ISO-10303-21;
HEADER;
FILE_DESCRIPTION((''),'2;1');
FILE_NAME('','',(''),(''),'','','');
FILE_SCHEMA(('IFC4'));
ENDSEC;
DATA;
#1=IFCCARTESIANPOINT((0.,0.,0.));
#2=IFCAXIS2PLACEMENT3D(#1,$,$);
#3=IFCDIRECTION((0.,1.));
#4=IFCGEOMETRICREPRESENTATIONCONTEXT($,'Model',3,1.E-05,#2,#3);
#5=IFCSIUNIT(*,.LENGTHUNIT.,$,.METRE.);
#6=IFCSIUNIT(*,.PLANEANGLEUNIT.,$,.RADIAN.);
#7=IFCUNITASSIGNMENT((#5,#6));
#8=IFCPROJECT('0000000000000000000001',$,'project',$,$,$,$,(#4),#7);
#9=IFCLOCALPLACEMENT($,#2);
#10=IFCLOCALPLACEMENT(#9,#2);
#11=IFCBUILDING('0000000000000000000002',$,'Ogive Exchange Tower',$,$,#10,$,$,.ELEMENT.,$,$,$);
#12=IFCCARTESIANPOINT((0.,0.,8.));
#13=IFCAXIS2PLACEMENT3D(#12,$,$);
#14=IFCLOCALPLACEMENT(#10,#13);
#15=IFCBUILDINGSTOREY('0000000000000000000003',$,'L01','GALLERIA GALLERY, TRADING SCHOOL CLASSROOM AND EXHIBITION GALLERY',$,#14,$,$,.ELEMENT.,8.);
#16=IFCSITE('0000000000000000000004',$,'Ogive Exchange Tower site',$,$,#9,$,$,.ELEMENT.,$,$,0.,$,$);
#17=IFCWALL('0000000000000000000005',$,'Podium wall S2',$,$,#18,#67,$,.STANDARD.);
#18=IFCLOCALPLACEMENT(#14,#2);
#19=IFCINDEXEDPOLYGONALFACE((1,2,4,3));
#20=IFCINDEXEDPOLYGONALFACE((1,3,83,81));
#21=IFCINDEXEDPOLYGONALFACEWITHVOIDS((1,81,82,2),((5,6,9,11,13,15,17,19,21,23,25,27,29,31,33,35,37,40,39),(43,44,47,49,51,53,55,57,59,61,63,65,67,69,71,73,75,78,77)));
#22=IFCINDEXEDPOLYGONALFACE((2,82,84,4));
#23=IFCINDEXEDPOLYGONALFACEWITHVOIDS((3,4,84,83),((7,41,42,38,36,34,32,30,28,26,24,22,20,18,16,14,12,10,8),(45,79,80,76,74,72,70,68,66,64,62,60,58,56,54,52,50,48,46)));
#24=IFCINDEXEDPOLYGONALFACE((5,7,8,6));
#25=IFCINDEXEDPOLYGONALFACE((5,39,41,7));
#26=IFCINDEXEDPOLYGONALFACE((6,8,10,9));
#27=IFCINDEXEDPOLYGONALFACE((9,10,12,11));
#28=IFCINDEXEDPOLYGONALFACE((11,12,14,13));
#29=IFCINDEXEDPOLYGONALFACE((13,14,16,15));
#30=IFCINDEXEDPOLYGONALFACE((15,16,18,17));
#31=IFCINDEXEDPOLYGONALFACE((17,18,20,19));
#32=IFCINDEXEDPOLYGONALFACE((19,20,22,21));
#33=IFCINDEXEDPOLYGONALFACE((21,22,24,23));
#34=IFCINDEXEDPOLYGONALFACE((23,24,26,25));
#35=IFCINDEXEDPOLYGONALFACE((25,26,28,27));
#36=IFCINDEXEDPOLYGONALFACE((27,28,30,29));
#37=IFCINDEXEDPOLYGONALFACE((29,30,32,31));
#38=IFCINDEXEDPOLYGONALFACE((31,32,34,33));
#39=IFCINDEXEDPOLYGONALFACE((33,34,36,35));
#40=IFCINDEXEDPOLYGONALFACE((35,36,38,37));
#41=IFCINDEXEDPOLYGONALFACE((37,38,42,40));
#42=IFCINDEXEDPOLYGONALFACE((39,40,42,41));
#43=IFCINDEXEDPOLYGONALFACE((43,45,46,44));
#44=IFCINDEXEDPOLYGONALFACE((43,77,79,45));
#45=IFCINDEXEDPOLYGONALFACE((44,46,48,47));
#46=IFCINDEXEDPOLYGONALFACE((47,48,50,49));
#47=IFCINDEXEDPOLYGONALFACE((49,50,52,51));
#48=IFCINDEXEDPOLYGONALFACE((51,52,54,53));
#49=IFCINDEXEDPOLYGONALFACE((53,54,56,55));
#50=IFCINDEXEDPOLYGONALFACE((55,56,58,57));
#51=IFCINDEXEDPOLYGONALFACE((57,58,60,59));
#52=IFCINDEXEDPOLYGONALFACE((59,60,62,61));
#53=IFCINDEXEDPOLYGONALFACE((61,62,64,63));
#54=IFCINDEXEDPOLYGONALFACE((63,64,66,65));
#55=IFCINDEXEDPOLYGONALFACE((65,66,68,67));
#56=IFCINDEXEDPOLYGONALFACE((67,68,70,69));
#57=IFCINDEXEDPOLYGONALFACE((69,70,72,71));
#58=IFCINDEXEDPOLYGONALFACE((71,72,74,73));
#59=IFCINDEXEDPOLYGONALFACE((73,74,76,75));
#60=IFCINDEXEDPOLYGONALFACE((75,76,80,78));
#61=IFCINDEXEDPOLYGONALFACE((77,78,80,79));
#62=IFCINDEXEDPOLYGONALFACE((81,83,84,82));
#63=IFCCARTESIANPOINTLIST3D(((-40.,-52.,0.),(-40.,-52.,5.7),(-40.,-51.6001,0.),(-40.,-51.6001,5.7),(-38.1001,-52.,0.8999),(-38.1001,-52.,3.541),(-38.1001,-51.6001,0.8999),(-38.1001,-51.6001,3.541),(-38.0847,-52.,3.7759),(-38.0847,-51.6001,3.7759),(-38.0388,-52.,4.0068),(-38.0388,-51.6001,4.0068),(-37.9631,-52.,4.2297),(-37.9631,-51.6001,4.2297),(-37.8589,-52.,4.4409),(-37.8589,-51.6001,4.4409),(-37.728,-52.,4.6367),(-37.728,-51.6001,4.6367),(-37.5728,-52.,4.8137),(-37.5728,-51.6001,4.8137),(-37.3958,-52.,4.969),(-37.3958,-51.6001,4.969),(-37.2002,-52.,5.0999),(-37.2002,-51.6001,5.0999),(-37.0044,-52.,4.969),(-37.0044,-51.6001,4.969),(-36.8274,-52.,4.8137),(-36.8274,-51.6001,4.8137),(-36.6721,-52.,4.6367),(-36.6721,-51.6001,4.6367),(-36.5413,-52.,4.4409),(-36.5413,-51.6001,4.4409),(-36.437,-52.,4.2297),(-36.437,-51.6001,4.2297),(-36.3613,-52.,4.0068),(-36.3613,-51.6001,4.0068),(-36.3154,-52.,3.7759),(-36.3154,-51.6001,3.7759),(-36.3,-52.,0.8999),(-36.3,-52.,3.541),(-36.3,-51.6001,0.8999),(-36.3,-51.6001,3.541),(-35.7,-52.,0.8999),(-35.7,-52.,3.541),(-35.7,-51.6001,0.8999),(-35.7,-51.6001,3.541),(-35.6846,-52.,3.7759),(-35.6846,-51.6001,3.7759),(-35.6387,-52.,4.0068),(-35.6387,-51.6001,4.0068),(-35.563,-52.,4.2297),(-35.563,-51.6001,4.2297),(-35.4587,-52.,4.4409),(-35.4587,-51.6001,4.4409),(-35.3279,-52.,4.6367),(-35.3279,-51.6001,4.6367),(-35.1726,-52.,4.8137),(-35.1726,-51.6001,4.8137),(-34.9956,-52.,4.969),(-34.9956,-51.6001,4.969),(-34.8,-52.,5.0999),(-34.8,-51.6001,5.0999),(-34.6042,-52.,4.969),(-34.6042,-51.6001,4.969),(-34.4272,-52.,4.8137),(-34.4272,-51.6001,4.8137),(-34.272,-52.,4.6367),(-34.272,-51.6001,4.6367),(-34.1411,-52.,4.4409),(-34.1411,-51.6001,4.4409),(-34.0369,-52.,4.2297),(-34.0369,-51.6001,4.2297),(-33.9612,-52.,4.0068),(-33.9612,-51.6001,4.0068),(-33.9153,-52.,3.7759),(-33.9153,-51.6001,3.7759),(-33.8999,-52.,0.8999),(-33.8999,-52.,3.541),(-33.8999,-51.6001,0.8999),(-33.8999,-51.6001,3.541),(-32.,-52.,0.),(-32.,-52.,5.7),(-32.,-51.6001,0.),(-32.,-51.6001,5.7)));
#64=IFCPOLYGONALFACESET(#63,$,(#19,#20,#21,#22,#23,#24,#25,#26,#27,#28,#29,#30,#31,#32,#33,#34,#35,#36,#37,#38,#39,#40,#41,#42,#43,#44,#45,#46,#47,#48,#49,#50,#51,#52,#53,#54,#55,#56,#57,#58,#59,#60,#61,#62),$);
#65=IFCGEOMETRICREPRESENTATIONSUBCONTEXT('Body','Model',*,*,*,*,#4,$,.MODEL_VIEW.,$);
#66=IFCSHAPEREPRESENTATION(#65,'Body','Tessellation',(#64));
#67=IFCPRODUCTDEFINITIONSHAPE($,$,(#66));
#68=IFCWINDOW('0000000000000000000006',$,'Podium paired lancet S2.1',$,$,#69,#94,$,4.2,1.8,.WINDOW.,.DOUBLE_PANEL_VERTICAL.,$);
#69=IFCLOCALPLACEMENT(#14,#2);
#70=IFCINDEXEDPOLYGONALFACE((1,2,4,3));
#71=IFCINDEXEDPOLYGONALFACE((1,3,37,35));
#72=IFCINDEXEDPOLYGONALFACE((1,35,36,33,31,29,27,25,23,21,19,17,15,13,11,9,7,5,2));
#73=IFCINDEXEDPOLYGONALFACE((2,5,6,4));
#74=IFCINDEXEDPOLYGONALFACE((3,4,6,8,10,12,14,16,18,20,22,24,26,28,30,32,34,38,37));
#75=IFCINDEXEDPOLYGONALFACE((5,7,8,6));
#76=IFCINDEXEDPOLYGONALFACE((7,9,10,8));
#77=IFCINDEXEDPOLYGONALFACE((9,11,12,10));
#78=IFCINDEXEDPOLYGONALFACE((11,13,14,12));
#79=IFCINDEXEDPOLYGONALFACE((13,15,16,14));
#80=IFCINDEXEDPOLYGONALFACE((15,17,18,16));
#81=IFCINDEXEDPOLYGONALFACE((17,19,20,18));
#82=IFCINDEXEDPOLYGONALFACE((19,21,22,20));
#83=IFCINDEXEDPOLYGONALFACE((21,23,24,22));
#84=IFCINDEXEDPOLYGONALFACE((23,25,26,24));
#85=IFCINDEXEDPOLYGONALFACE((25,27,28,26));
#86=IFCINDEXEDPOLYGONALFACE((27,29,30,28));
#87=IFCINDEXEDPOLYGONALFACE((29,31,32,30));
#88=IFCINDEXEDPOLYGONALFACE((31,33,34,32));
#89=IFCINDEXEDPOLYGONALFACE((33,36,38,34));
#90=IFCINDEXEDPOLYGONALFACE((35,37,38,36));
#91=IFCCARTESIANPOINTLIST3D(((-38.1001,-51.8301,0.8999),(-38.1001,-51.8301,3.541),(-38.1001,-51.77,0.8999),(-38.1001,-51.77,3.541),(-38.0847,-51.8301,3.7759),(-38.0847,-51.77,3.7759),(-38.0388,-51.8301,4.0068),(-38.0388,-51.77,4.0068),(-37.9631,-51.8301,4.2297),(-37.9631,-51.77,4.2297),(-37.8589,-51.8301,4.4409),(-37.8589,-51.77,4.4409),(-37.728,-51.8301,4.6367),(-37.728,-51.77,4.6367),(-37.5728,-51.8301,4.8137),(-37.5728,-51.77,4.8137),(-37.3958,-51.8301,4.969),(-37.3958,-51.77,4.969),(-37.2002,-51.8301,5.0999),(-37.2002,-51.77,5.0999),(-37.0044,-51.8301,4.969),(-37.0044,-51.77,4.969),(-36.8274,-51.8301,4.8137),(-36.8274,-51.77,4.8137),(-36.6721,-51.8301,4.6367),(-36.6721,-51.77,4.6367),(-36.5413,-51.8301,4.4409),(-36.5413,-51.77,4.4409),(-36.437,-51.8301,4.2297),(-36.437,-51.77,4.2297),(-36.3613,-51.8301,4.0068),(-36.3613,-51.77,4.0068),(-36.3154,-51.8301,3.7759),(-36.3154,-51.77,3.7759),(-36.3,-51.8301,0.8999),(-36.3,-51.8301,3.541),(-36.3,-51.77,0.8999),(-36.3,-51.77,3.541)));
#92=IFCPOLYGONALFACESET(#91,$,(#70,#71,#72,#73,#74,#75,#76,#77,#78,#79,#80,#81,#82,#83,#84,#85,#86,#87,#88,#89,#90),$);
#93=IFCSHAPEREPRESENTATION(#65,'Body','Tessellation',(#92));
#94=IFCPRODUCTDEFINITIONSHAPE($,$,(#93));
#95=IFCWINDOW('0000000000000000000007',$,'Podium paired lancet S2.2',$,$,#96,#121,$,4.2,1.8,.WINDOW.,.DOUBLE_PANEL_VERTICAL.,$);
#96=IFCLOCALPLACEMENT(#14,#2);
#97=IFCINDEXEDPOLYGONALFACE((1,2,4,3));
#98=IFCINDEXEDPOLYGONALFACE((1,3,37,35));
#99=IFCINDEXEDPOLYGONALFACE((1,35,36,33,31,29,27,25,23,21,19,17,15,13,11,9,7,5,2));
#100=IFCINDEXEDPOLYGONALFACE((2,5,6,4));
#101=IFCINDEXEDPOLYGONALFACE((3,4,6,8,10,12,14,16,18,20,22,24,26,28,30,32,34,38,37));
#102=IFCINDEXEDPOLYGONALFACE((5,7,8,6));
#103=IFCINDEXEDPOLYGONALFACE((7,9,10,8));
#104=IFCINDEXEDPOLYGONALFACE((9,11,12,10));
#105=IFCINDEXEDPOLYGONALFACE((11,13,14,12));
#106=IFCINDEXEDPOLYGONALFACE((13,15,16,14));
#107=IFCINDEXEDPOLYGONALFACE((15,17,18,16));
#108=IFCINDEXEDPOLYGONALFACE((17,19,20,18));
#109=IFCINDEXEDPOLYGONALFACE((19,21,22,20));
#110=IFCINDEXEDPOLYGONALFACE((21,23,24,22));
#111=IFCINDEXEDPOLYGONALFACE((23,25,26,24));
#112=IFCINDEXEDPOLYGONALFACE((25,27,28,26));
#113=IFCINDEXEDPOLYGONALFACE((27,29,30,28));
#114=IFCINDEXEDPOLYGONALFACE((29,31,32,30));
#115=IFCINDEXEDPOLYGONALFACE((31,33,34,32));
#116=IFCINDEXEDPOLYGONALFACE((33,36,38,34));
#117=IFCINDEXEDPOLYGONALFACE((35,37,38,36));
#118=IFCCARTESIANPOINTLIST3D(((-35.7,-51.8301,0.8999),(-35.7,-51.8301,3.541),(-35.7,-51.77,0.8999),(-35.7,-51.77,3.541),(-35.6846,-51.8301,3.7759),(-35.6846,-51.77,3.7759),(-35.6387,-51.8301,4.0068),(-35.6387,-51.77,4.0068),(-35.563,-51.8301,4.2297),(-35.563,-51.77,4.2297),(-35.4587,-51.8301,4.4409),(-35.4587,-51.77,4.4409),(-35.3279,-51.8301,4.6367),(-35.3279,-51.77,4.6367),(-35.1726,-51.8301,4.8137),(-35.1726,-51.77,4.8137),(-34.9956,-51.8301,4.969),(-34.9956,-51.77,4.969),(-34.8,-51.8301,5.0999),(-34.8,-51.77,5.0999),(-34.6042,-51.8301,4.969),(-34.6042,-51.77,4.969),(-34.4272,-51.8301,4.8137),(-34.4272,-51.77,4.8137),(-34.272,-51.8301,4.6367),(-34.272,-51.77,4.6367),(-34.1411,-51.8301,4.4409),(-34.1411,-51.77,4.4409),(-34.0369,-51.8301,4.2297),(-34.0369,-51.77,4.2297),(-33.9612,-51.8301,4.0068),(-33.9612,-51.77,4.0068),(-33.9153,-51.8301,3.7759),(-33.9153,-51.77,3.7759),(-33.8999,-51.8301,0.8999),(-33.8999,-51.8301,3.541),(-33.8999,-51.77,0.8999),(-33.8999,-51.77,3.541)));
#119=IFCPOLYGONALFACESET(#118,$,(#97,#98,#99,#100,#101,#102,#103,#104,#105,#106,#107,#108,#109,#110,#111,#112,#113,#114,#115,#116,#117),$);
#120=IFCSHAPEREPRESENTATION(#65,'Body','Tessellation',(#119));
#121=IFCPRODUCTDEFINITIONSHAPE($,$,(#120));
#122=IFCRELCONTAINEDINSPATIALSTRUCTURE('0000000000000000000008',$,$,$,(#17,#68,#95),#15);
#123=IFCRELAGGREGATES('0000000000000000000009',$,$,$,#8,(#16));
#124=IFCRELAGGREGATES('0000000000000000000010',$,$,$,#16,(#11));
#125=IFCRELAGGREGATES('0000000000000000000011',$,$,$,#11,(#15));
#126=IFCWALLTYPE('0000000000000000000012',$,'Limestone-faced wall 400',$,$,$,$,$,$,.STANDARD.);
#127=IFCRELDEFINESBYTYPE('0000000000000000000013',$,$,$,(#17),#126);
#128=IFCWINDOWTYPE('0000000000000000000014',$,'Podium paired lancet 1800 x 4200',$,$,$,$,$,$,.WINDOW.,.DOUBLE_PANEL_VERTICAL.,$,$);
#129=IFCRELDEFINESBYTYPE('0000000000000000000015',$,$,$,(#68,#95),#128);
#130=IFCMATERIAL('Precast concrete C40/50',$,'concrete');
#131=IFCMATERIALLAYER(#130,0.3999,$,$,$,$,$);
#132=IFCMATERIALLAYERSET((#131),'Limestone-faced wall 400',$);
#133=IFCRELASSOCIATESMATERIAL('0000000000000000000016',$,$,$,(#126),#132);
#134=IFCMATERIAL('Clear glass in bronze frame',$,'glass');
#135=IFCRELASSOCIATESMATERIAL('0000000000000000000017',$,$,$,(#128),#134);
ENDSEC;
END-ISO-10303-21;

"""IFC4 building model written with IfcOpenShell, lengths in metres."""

from ifc_helpers import new_model, si_unit, direction, frame, frame_2d, origin, place, context, subcontext, project, spatial, polyline, rectangle, outline, extrude, material, layer, layer_set, type_object, element, fill, save


model = new_model("IFC4")

# Units and contexts
model_context = context("Model", 3, precision=1e-05, world=origin(), true_north=direction((0.0, 1.0)))
body_context = subcontext(model_context, "Body", "Model", "MODEL_VIEW")
ifc_project = project(units=[si_unit("LENGTHUNIT", "METRE"), si_unit("PLANEANGLEUNIT", "RADIAN")], contexts=[model_context])

# Site, building, storey
site_placement = place(None, origin())
site = spatial("IfcSite", under=ifc_project, at=site_placement, Name="Ogive Exchange Tower site", CompositionType="ELEMENT", RefElevation=0.0)
building_placement = place(site_placement, origin())
building = spatial("IfcBuilding", under=site, at=building_placement, Name="Ogive Exchange Tower", CompositionType="ELEMENT")
storey_placement = place(building_placement, frame((0.0, 0.0, 8.0)))
storey = spatial("IfcBuildingStorey", under=building, at=storey_placement, Name="L01", Description="GALLERIA GALLERY, TRADING SCHOOL CLASSROOM AND EXHIBITION GALLERY", CompositionType="ELEMENT", Elevation=8.0)

# Shared definitions
ifc_material_1 = material(Name="Precast concrete C40/50", Category="concrete")
ifc_layer_1 = layer(ifc_material_1, 0.3999)
ifc_layer_set_1 = layer_set([ifc_layer_1], Name="Limestone-faced wall 400")
wall_type_1 = type_object("IfcWallType", Name="Limestone-faced wall 400", PredefinedType="STANDARD", material=ifc_layer_set_1)

# Wall, openings, windows
wall_1_placement = place(storey_placement, frame((-40.0, -51.8, 0.0), z_axis=(0.0, 0.0, 1.0), x_axis=(1.0, 0.0, 0.0)))
wall_1 = element("IfcWall", 1, at=wall_1_placement, inside=storey, type_object=wall_type_1, Name="Podium wall S2", PredefinedType="STANDARD", context=body_context, shape_type="SweptSolid", body=[
    extrude(rectangle(XDim=8.0, YDim=0.3999, at=frame_2d((4.0, 0.0))), origin(), (0.0, 0.0, 1.0), 5.7),
])
opening_1_placement = place(wall_1_placement, frame((1.8999, 0.0, 0.8999)))
opening_1 = element("IfcOpeningElement", 2, at=opening_1_placement, cuts=wall_1, PredefinedType="OPENING", context=body_context, shape_type="SweptSolid", body=[
    extrude(outline(polyline([(0.0, 0.0), (1.8, 0.0), (1.8, 2.6411), (1.7847, 2.876), (1.7388, 3.1069), (1.6631, 3.3298), (1.5588, 3.541), (1.428, 3.7368), (1.2727, 3.9138), (1.0957, 4.0691), (0.8999, 4.2), (0.7043, 4.0691), (0.5273, 3.9138), (0.3721, 3.7368), (0.2412, 3.541), (0.137, 3.3298), (0.0613, 3.1069), (0.0154, 2.876), (0.0, 2.6411), (0.0, 0.0)])), frame((0.0, 0.21, 0.0), z_axis=(0.0, -1.0, 0.0), x_axis=(1.0, 0.0, 0.0)), (0.0, 0.0, 1.0), 0.4199),
])
opening_2_placement = place(wall_1_placement, frame((4.3, 0.0, 0.8999)))
opening_2 = element("IfcOpeningElement", 3, at=opening_2_placement, cuts=wall_1, PredefinedType="OPENING", context=body_context, shape_type="SweptSolid", body=[
    extrude(outline(polyline([(0.0, 0.0), (1.8, 0.0), (1.8, 2.6411), (1.7847, 2.876), (1.7388, 3.1069), (1.6631, 3.3298), (1.5588, 3.541), (1.428, 3.7368), (1.2727, 3.9138), (1.0957, 4.0691), (0.8999, 4.2), (0.7043, 4.0691), (0.5273, 3.9138), (0.3721, 3.7368), (0.2412, 3.541), (0.137, 3.3298), (0.0613, 3.1069), (0.0154, 2.876), (0.0, 2.6411), (0.0, 0.0)])), frame((0.0, 0.21, 0.0), z_axis=(0.0, -1.0, 0.0), x_axis=(1.0, 0.0, 0.0)), (0.0, 0.0, 1.0), 0.4199),
])
ifc_material_2 = material(Name="Clear glass in bronze frame", Category="glass")
window_type_1 = type_object("IfcWindowType", Name="Podium paired lancet 1800 x 4200", PartitioningType="DOUBLE_PANEL_VERTICAL", PredefinedType="WINDOW", material=ifc_material_2)
window_1_placement = place(opening_1_placement, origin())
window_1 = element("IfcWindow", 4, at=window_1_placement, inside=storey, type_object=window_type_1, Name="Podium paired lancet S2.1", OverallHeight=4.2, OverallWidth=1.8, PartitioningType="DOUBLE_PANEL_VERTICAL", PredefinedType="WINDOW", context=body_context, shape_type="SweptSolid", body=[
    extrude(outline(polyline([(0.0, 0.0), (1.8, 0.0), (1.8, 2.6411), (1.7847, 2.876), (1.7388, 3.1069), (1.6631, 3.3298), (1.5588, 3.541), (1.428, 3.7368), (1.2727, 3.9138), (1.0957, 4.0691), (0.8999, 4.2), (0.7043, 4.0691), (0.5273, 3.9138), (0.3721, 3.7368), (0.2412, 3.541), (0.137, 3.3298), (0.0613, 3.1069), (0.0154, 2.876), (0.0, 2.6411), (0.0, 0.0)])), frame((0.0, 0.03, 0.0), z_axis=(0.0, -1.0, 0.0), x_axis=(1.0, 0.0, 0.0)), (0.0, 0.0, 1.0), 0.0601),
])
fill(opening_1, window_1)
window_2_placement = place(opening_2_placement, origin())
window_2 = element("IfcWindow", 5, at=window_2_placement, inside=storey, type_object=window_type_1, Name="Podium paired lancet S2.2", OverallHeight=4.2, OverallWidth=1.8, PartitioningType="DOUBLE_PANEL_VERTICAL", PredefinedType="WINDOW", context=body_context, shape_type="SweptSolid", body=[
    extrude(outline(polyline([(0.0, 0.0), (1.8, 0.0), (1.8, 2.6411), (1.7847, 2.876), (1.7388, 3.1069), (1.6631, 3.3298), (1.5588, 3.541), (1.428, 3.7368), (1.2727, 3.9138), (1.0957, 4.0691), (0.8999, 4.2), (0.7043, 4.0691), (0.5273, 3.9138), (0.3721, 3.7368), (0.2412, 3.541), (0.137, 3.3298), (0.0613, 3.1069), (0.0154, 2.876), (0.0, 2.6411), (0.0, 0.0)])), frame((0.0, 0.03, 0.0), z_axis=(0.0, -1.0, 0.0), x_axis=(1.0, 0.0, 0.0)), (0.0, 0.0, 1.0), 0.0601),
])
fill(opening_2, window_2)

save(model, "model.ifc")
